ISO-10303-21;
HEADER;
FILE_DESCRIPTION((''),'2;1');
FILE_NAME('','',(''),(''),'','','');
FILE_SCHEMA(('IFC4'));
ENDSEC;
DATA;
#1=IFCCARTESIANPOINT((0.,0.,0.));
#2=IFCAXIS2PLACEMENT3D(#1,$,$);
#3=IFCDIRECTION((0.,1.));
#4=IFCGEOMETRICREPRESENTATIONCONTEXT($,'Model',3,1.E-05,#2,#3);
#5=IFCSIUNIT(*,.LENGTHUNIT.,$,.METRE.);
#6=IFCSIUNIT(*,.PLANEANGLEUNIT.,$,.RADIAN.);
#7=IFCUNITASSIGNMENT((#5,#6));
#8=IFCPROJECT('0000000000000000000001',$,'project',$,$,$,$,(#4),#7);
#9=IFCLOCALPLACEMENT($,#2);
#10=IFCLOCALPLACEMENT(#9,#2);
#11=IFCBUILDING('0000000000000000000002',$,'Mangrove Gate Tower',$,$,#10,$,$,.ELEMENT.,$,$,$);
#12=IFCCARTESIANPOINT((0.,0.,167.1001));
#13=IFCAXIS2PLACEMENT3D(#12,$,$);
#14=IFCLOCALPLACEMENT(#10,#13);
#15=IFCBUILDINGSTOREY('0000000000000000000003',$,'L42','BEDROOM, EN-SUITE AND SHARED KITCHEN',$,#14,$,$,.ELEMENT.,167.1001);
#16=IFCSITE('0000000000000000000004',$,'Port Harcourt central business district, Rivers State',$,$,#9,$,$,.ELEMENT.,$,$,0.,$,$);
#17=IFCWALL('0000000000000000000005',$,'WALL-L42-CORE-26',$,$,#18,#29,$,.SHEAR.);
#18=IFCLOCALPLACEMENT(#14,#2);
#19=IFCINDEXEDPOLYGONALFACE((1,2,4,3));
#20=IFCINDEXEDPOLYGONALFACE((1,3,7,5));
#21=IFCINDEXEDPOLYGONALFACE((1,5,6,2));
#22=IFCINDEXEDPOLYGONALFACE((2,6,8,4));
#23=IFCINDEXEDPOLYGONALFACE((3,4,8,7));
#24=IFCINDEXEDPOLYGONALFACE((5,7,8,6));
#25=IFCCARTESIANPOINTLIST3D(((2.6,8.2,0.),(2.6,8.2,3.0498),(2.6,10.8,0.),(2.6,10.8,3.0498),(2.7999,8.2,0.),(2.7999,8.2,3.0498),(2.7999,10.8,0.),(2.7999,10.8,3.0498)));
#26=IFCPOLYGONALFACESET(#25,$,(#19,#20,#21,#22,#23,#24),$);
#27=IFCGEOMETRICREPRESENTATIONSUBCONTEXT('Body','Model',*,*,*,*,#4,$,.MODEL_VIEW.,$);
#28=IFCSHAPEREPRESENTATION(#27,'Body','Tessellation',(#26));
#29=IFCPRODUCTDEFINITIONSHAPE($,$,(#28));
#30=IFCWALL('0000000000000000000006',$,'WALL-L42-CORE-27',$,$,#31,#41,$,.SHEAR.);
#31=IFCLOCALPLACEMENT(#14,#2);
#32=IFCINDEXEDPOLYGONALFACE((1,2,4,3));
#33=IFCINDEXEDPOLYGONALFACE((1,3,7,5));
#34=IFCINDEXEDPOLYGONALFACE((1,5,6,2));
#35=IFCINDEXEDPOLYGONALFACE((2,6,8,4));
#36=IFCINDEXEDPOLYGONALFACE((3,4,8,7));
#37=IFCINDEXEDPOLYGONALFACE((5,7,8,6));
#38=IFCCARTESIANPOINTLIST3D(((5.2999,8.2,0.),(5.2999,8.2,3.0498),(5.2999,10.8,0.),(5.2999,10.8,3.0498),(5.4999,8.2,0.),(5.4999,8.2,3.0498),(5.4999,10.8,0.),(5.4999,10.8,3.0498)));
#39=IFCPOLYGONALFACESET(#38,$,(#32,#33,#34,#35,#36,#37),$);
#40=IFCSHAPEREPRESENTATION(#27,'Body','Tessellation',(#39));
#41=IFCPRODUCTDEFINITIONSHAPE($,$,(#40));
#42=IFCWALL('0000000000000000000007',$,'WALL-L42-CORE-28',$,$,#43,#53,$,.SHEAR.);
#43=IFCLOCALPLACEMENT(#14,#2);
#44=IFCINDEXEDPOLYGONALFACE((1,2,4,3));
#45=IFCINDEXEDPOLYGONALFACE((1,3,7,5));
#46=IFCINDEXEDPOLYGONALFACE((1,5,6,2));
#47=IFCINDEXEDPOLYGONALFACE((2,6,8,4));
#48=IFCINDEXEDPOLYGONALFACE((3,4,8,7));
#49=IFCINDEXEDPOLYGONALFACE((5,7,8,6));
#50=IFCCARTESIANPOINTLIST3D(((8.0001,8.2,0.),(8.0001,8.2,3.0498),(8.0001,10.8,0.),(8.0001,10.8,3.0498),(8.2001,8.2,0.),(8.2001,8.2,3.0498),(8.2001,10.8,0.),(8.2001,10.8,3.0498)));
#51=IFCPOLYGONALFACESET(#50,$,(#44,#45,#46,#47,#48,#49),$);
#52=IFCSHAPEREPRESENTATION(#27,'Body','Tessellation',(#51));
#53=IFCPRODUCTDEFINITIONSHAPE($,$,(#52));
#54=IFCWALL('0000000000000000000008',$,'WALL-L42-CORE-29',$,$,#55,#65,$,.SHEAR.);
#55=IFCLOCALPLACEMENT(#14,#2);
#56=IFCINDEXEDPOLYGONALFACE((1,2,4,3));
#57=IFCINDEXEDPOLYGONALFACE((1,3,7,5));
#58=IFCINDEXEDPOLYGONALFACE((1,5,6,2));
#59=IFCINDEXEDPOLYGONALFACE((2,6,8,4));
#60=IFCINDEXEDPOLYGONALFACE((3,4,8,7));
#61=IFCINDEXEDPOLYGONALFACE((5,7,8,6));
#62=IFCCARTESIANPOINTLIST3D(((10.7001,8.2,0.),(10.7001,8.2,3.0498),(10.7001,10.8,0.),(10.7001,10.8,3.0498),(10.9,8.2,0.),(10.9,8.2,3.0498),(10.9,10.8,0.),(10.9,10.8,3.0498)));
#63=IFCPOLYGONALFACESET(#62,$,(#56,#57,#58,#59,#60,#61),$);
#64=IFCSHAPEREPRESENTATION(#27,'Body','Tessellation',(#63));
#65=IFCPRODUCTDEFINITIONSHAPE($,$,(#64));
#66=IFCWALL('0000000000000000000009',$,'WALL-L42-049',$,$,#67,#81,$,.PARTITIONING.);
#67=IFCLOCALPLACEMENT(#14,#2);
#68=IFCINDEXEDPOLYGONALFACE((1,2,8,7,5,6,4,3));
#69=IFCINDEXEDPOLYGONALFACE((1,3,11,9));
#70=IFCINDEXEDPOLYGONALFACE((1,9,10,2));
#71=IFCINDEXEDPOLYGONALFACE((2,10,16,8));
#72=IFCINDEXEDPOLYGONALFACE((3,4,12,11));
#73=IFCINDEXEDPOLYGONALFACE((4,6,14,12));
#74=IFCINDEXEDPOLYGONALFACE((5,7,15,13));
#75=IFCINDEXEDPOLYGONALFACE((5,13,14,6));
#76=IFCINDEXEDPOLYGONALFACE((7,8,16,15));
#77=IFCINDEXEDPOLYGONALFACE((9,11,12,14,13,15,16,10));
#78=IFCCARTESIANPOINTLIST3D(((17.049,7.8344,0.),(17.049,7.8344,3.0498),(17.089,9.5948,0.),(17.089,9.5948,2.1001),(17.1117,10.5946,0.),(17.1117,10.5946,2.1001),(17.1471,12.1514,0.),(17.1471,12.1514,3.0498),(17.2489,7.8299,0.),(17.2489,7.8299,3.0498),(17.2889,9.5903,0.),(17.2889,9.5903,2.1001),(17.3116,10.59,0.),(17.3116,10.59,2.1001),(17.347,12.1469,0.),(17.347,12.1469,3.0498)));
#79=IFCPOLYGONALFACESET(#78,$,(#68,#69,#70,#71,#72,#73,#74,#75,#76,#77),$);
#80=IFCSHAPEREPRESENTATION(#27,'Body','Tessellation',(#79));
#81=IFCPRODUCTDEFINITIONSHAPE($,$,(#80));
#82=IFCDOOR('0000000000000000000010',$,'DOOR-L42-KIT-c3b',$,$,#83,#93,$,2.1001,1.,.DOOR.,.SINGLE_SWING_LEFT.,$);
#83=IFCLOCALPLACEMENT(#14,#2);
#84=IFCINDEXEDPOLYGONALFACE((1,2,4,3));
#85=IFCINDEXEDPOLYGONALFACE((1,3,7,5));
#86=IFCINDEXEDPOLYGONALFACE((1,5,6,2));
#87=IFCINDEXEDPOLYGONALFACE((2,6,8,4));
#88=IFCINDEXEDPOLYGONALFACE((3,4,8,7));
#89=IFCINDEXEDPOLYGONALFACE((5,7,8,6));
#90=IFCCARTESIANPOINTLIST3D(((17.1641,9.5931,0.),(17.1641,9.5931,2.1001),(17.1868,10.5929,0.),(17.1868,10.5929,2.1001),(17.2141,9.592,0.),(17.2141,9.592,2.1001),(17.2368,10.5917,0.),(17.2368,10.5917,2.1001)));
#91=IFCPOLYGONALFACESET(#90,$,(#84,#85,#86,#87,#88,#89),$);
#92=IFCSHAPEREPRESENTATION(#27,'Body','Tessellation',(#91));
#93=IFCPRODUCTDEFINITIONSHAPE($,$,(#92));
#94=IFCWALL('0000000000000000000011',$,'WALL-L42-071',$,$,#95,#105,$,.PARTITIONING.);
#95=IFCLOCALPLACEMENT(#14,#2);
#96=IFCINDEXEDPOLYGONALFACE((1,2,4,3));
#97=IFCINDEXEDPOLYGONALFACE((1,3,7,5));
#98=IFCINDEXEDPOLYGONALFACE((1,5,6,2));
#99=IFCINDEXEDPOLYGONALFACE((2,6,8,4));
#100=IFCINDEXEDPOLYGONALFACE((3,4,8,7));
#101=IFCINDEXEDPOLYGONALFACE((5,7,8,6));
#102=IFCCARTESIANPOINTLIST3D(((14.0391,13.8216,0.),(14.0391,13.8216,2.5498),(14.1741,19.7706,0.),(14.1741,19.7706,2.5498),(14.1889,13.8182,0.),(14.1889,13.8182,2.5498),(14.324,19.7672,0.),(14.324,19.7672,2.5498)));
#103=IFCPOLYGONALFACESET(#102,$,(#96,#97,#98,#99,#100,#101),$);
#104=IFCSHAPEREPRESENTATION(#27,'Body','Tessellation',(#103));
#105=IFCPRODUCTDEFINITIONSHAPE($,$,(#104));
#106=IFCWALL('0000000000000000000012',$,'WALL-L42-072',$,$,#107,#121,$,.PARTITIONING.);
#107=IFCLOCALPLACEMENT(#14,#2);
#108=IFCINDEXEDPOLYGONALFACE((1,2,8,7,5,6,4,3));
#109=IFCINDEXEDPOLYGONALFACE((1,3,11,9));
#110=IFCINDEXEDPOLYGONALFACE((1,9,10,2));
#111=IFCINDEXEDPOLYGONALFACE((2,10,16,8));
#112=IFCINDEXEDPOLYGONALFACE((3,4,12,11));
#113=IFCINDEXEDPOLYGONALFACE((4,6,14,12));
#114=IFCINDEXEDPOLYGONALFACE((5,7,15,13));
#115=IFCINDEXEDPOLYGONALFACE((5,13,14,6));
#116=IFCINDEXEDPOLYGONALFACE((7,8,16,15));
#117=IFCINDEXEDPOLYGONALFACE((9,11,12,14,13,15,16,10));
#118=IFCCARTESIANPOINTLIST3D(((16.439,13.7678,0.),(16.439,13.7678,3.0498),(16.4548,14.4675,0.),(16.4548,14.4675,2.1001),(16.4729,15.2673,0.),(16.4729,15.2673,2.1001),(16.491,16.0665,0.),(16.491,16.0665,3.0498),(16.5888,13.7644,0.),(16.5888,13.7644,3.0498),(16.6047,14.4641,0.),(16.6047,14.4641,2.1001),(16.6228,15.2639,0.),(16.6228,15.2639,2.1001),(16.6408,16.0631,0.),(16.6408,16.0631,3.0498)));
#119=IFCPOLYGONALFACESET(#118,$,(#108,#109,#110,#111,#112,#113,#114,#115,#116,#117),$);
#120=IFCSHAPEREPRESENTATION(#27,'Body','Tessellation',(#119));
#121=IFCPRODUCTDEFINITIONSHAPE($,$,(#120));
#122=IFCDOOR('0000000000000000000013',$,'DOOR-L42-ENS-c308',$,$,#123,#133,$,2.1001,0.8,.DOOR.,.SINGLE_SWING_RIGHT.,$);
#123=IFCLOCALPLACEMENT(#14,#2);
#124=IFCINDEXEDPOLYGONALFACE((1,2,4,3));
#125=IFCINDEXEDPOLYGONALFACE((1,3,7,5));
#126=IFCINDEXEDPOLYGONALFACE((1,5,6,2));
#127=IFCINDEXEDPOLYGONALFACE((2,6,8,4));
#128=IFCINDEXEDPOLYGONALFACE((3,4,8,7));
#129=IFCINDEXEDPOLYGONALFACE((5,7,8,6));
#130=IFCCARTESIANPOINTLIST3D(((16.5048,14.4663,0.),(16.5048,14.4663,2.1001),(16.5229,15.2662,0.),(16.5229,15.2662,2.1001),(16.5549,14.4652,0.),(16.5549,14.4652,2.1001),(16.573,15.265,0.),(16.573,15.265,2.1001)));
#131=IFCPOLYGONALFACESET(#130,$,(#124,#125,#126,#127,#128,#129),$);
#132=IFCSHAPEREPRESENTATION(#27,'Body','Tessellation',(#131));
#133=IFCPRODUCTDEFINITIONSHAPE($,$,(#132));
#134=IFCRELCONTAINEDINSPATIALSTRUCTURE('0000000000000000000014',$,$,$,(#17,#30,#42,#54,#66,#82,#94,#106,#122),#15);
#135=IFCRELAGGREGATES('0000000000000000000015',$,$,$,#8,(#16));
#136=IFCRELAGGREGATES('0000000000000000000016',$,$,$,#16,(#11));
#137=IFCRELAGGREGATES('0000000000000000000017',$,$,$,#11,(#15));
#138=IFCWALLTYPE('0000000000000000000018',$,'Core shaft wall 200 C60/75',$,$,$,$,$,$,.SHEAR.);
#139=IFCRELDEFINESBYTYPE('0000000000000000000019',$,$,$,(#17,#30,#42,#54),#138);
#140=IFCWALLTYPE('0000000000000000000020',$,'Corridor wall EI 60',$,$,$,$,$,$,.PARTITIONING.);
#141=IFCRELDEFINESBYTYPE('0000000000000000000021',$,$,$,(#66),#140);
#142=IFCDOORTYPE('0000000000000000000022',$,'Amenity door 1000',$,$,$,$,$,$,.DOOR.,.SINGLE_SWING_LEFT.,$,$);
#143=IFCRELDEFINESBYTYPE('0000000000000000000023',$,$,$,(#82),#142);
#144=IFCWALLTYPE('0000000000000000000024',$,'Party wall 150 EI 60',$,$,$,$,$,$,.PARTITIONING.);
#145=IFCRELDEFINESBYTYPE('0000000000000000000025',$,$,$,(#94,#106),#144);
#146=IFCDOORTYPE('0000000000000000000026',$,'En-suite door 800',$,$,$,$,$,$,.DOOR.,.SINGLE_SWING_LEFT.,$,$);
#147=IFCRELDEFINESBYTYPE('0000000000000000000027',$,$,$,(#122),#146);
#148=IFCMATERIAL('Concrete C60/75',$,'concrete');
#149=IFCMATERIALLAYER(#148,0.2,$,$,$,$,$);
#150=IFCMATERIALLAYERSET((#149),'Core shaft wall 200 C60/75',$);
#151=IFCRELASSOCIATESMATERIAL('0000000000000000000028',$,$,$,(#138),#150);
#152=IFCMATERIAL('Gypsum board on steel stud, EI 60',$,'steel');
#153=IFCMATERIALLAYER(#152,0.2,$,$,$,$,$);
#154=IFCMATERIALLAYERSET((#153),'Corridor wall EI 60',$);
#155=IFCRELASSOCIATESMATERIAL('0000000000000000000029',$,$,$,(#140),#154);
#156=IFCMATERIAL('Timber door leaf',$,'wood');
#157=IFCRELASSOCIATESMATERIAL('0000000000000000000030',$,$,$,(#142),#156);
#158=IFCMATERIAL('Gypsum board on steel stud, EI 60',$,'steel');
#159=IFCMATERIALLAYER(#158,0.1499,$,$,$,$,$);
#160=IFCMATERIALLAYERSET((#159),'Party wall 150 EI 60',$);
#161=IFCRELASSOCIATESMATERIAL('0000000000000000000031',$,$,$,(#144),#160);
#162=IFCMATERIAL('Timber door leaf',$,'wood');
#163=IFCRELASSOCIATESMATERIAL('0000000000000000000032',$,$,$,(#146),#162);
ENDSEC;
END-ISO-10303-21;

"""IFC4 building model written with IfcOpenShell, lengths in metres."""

from ifc_helpers import new_model, si_unit, direction, frame, frame_2d, origin, place, context, subcontext, project, spatial, rectangle, extrude, material, layer, layer_set, type_object, element, fill, save


model = new_model("IFC4")

# Units and contexts
model_context = context("Model", 3, precision=1e-05, world=origin(), true_north=direction((0.0, 1.0)))
body_context = subcontext(model_context, "Body", "Model", "MODEL_VIEW")
ifc_project = project(units=[si_unit("LENGTHUNIT", "METRE"), si_unit("PLANEANGLEUNIT", "RADIAN")], contexts=[model_context])

# Site, building, storey
site_placement = place(None, origin())
site = spatial("IfcSite", under=ifc_project, at=site_placement, Name="Port Harcourt central business district, Rivers State", CompositionType="ELEMENT", RefElevation=0.0)
building_placement = place(site_placement, origin())
building = spatial("IfcBuilding", under=site, at=building_placement, Name="Mangrove Gate Tower", CompositionType="ELEMENT")
storey_placement = place(building_placement, frame((0.0, 0.0, 167.1001)))
storey = spatial("IfcBuildingStorey", under=building, at=storey_placement, Name="L42", Description="BEDROOM, EN-SUITE AND SHARED KITCHEN", CompositionType="ELEMENT", Elevation=167.1001)

# Walls
ifc_material_1 = material(Name="Concrete C60/75", Category="concrete")
ifc_layer_1 = layer(ifc_material_1, 0.2)
ifc_layer_set_1 = layer_set([ifc_layer_1], Name="Core shaft wall 200 C60/75")
wall_type_1 = type_object("IfcWallType", Name="Core shaft wall 200 C60/75", PredefinedType="SHEAR", material=ifc_layer_set_1)
for number, where, z_axis, x_axis, name in (
    (1, (2.7, 8.2, 0.0), (0.0, 0.0, 1.0), (0.0, 1.0, 0.0), "WALL-L42-CORE-26"),
    (2, (5.3999, 8.2, 0.0), (0.0, 0.0, 1.0), (0.0, 1.0, 0.0), "WALL-L42-CORE-27"),
    (3, (8.1001, 8.2, 0.0), (0.0, 0.0, 1.0), (0.0, 1.0, 0.0), "WALL-L42-CORE-28"),
    (4, (10.8, 8.2, 0.0), (0.0, 0.0, 1.0), (0.0, 1.0, 0.0), "WALL-L42-CORE-29"),
):
    element("IfcWall", number, at=place(storey_placement, frame(where, z_axis=z_axis, x_axis=x_axis)), inside=storey, type_object=wall_type_1, Name=name, PredefinedType="SHEAR", context=body_context, shape_type="SweptSolid", body=[
        extrude(rectangle(XDim=2.6001, YDim=0.2, at=frame_2d((1.3, 0.0))), origin(), (0.0, 0.0, 1.0), 3.0498),
    ])

# Wall, opening, door
ifc_material_2 = material(Name="Gypsum board on steel stud, EI 60", Category="steel")
ifc_layer_2 = layer(ifc_material_2, 0.2)
ifc_layer_set_2 = layer_set([ifc_layer_2], Name="Corridor wall EI 60")
wall_type_2 = type_object("IfcWallType", Name="Corridor wall EI 60", PredefinedType="PARTITIONING", material=ifc_layer_set_2)
wall_1_placement = place(storey_placement, frame((17.1489, 7.832, 0.0), z_axis=(0.0, 0.0, 1.0), x_axis=(0.022729, 0.999742, 0.0)))
wall_1 = element("IfcWall", 5, at=wall_1_placement, inside=storey, type_object=wall_type_2, Name="WALL-L42-049", PredefinedType="PARTITIONING", context=body_context, shape_type="SweptSolid", body=[
    extrude(rectangle(XDim=4.3181, YDim=0.2, at=frame_2d((2.1592, 0.0))), origin(), (0.0, 0.0, 1.0), 3.0498),
])
opening_1_placement = place(wall_1_placement, frame((1.761, 0.0, 0.0)))
opening_1 = element("IfcOpeningElement", 6, at=opening_1_placement, cuts=wall_1, PredefinedType="OPENING", context=body_context, shape_type="SweptSolid", body=[
    extrude(rectangle(XDim=1.0, YDim=2.1001, at=frame_2d((0.5, 1.05))), frame((0.0, 0.1099, 0.0), z_axis=(0.0, -1.0, 0.0), x_axis=(1.0, 0.0, 0.0)), (0.0, 0.0, 1.0), 0.22),
])
ifc_material_3 = material(Name="Timber door leaf", Category="wood")
door_type_1 = type_object("IfcDoorType", Name="Amenity door 1000", OperationType="SINGLE_SWING_LEFT", PredefinedType="DOOR", material=ifc_material_3)
door_1_placement = place(opening_1_placement, origin())
door_1 = element("IfcDoor", 7, at=door_1_placement, inside=storey, type_object=door_type_1, Name="DOOR-L42-KIT-c3b", OperationType="SINGLE_SWING_LEFT", OverallHeight=2.1001, OverallWidth=1.0, PredefinedType="DOOR", context=body_context, shape_type="SweptSolid", body=[
    extrude(rectangle(XDim=1.0, YDim=2.1001, at=frame_2d((0.5, 1.05))), frame((0.0, 0.0249, 0.0), z_axis=(0.0, -1.0, 0.0), x_axis=(1.0, 0.0, 0.0)), (0.0, 0.0, 1.0), 0.05),
])
fill(opening_1, door_1)

# Wall
ifc_material_4 = material(Name="Gypsum board on steel stud, EI 60", Category="steel")
ifc_layer_3 = layer(ifc_material_4, 0.1499)
ifc_layer_set_3 = layer_set([ifc_layer_3], Name="Party wall 150 EI 60")
wall_type_3 = type_object("IfcWallType", Name="Party wall 150 EI 60", PredefinedType="PARTITIONING", material=ifc_layer_set_3)
wall_2_placement = place(storey_placement, frame((14.114, 13.8201, 0.0), z_axis=(0.0, 0.0, 1.0), x_axis=(0.022689, 0.999743, 0.0)))
element("IfcWall", 8, at=wall_2_placement, inside=storey, type_object=wall_type_3, Name="WALL-L42-071", PredefinedType="PARTITIONING", context=body_context, shape_type="SweptSolid", body=[
    extrude(rectangle(XDim=5.9504, YDim=0.1499, at=frame_2d((2.9751, 0.0))), origin(), (0.0, 0.0, 1.0), 2.5498),
])

# Wall, opening, door
wall_3_placement = place(storey_placement, frame((16.5139, 13.7661, 0.0), z_axis=(0.0, 0.0, 1.0), x_axis=(0.022615, 0.999744, 0.0)))
wall_3 = element("IfcWall", 9, at=wall_3_placement, inside=storey, type_object=wall_type_3, Name="WALL-L42-072", PredefinedType="PARTITIONING", context=body_context, shape_type="SweptSolid", body=[
    extrude(rectangle(XDim=2.2993, YDim=0.1499, at=frame_2d((1.1497, 0.0))), origin(), (0.0, 0.0, 1.0), 3.0498),
])
opening_2_placement = place(wall_3_placement, frame((0.7, 0.0, 0.0)))
opening_2 = element("IfcOpeningElement", 10, at=opening_2_placement, cuts=wall_3, PredefinedType="OPENING", context=body_context, shape_type="SweptSolid", body=[
    extrude(rectangle(XDim=0.8, YDim=2.1001, at=frame_2d((0.3999, 1.05))), frame((0.0, 0.085, 0.0), z_axis=(0.0, -1.0, 0.0), x_axis=(1.0, 0.0, 0.0)), (0.0, 0.0, 1.0), 0.1699),
])
ifc_material_5 = material(Name="Timber door leaf", Category="wood")
door_type_2 = type_object("IfcDoorType", Name="En-suite door 800", OperationType="SINGLE_SWING_LEFT", PredefinedType="DOOR", material=ifc_material_5)
door_2_placement = place(opening_2_placement, origin())
door_2 = element("IfcDoor", 11, at=door_2_placement, inside=storey, type_object=door_type_2, Name="DOOR-L42-ENS-c308", OperationType="SINGLE_SWING_RIGHT", OverallHeight=2.1001, OverallWidth=0.8, PredefinedType="DOOR", context=body_context, shape_type="SweptSolid", body=[
    extrude(rectangle(XDim=0.8, YDim=2.1001, at=frame_2d((0.3999, 1.05))), frame((0.0, 0.0249, 0.0), z_axis=(0.0, -1.0, 0.0), x_axis=(1.0, 0.0, 0.0)), (0.0, 0.0, 1.0), 0.05),
])
fill(opening_2, door_2)

save(model, "model.ifc")
